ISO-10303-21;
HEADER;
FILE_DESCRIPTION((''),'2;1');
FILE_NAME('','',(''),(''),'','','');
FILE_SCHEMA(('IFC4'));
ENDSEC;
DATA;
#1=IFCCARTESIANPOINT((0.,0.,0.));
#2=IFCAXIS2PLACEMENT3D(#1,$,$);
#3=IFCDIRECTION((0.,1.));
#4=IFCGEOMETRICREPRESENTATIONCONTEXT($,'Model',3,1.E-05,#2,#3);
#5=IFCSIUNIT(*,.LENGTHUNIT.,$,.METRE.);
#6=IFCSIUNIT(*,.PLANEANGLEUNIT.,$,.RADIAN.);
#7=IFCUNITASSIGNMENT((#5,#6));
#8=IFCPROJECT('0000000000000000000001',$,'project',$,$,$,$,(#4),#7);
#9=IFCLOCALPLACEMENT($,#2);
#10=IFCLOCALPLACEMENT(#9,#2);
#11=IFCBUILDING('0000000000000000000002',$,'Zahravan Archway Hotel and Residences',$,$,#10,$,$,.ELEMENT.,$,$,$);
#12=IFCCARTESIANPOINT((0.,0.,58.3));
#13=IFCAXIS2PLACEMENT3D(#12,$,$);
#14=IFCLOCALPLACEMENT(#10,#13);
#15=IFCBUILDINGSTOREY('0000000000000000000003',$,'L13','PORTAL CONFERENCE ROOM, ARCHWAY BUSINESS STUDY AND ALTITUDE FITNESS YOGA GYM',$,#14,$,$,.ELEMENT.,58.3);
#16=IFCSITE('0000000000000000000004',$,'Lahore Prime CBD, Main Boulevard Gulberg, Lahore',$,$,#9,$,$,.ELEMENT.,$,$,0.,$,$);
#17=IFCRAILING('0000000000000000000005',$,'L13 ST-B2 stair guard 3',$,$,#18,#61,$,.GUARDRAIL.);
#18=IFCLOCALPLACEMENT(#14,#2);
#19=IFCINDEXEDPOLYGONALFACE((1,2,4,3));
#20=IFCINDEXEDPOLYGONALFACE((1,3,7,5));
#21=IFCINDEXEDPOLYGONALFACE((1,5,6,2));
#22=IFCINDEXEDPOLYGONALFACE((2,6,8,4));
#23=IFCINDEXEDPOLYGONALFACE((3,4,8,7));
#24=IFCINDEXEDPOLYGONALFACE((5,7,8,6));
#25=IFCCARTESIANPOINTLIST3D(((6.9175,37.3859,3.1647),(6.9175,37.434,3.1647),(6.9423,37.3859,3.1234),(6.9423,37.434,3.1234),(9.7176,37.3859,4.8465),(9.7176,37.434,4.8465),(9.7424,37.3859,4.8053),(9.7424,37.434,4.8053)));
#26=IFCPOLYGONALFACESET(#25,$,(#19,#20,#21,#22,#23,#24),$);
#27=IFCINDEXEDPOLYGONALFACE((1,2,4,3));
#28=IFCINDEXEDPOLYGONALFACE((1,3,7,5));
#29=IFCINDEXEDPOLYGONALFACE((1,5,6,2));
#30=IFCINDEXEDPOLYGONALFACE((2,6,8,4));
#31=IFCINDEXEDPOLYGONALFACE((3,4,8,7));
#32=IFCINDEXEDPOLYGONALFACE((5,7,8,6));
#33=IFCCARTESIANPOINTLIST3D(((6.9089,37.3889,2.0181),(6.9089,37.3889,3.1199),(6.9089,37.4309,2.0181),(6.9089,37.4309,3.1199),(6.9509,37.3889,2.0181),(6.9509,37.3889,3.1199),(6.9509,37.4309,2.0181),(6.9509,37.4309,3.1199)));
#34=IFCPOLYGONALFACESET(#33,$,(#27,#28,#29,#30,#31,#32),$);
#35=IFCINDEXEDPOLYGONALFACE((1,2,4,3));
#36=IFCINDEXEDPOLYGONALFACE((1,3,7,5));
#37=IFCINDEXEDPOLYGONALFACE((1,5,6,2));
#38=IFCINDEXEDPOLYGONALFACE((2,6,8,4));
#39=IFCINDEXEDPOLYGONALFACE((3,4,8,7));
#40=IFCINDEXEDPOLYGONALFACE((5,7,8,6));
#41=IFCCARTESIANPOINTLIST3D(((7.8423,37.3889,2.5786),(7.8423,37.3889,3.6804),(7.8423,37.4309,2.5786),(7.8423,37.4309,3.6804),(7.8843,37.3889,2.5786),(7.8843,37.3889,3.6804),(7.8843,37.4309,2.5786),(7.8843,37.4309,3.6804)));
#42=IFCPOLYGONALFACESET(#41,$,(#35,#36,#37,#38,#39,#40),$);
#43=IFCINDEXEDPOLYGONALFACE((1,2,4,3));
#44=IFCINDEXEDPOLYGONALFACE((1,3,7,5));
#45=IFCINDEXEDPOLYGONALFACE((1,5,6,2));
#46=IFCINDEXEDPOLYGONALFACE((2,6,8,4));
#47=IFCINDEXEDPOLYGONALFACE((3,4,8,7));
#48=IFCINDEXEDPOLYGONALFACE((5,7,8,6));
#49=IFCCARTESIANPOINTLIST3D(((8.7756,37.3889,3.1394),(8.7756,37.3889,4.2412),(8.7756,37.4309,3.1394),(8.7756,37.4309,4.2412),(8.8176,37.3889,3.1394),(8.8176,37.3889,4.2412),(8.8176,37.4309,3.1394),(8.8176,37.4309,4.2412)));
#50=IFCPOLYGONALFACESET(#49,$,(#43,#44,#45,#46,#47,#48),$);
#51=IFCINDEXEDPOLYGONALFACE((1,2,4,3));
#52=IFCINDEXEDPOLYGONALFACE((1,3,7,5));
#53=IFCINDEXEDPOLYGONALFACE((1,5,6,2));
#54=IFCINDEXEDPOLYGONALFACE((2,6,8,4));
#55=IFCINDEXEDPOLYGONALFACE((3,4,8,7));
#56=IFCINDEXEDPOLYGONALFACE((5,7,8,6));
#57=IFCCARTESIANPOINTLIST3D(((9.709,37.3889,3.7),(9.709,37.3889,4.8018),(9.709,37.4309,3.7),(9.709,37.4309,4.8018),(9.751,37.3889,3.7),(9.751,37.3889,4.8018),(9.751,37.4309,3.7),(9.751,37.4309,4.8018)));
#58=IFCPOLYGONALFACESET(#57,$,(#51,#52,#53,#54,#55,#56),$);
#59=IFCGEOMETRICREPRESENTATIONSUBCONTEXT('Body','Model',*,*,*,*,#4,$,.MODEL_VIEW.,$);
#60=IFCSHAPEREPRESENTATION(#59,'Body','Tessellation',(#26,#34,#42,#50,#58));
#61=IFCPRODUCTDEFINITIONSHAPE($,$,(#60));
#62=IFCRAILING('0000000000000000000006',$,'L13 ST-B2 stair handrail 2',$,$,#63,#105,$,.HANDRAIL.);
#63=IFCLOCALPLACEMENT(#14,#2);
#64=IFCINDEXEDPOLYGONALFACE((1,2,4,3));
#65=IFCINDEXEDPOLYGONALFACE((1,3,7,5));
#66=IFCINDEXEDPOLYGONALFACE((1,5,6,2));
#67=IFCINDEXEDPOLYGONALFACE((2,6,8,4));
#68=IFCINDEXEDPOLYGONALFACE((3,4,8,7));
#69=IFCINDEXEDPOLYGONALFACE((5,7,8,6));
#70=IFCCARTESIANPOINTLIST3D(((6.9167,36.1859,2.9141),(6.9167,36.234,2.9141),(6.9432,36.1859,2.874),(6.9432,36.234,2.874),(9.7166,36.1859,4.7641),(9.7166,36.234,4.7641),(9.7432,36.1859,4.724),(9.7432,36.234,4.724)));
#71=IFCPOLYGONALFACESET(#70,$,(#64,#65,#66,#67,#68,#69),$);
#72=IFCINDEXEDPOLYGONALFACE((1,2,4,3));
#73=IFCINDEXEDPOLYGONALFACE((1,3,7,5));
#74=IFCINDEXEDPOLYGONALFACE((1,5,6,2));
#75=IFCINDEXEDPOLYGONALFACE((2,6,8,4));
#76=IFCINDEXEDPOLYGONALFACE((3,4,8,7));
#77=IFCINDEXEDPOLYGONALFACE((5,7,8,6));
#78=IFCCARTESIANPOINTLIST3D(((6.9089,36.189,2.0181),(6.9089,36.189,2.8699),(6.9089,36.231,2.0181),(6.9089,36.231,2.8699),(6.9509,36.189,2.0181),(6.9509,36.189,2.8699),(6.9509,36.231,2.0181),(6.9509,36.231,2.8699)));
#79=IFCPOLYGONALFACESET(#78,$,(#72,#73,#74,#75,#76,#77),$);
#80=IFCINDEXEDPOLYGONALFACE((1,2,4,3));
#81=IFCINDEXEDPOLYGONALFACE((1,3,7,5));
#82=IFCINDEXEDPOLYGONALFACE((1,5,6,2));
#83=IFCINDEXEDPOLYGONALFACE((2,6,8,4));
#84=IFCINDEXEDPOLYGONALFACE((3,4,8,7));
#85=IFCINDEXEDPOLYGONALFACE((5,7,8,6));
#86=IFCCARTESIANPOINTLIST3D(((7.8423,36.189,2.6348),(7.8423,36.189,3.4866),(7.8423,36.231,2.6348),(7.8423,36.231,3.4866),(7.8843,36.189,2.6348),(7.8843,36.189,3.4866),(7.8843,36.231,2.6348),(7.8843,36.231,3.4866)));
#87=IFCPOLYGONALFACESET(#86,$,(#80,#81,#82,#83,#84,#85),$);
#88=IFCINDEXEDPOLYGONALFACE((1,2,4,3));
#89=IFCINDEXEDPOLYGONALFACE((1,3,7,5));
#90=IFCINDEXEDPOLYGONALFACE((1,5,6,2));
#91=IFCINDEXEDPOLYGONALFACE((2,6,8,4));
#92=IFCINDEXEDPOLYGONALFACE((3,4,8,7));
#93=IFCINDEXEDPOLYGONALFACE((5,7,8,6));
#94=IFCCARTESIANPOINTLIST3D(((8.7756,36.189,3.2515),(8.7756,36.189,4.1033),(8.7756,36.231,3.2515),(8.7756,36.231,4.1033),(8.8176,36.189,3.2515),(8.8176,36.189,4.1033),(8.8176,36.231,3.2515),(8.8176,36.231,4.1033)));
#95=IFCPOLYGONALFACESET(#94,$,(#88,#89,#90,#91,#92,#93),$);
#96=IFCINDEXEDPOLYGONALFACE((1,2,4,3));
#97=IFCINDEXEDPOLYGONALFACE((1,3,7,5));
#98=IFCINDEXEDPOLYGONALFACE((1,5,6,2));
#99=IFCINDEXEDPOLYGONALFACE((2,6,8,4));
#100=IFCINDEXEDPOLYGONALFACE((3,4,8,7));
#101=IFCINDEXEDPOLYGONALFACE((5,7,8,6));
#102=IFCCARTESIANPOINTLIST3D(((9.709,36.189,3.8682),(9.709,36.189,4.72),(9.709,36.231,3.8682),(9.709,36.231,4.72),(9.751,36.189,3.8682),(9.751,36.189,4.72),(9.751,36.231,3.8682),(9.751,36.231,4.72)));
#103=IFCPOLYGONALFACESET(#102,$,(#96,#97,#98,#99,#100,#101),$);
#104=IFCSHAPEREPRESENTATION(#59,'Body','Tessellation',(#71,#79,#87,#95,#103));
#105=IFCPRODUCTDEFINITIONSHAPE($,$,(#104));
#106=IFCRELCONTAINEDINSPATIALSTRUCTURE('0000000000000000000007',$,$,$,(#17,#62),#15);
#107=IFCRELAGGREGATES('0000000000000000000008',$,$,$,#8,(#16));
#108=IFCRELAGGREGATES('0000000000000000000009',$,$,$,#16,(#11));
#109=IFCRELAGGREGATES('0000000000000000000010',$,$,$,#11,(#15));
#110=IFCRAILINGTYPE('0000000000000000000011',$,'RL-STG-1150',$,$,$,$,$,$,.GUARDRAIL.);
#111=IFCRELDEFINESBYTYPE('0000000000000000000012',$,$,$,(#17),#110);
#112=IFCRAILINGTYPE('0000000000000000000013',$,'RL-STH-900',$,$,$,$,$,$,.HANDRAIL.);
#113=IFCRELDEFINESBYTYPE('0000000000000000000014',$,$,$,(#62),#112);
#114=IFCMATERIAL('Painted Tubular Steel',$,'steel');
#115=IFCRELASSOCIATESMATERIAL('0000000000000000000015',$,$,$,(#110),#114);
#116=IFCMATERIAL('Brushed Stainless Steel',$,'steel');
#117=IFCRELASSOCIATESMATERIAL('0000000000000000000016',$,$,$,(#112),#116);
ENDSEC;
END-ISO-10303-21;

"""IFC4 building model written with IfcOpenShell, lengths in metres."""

from ifc_helpers import new_model, si_unit, direction, frame, origin, origin_2d, place, context, subcontext, project, spatial, rectangle, extrude, material, type_object, element, save


model = new_model("IFC4")

# Units and contexts
model_context = context("Model", 3, precision=1e-05, world=origin(), true_north=direction((0.0, 1.0)))
body_context = subcontext(model_context, "Body", "Model", "MODEL_VIEW")
ifc_project = project(units=[si_unit("LENGTHUNIT", "METRE"), si_unit("PLANEANGLEUNIT", "RADIAN")], contexts=[model_context])

# Site, building, storey
site_placement = place(None, origin())
site = spatial("IfcSite", under=ifc_project, at=site_placement, Name="Lahore Prime CBD, Main Boulevard Gulberg, Lahore", CompositionType="ELEMENT", RefElevation=0.0)
building_placement = place(site_placement, origin())
building = spatial("IfcBuilding", under=site, at=building_placement, Name="Zahravan Archway Hotel and Residences", CompositionType="ELEMENT")
storey_placement = place(building_placement, frame((0.0, 0.0, 58.3)))
storey = spatial("IfcBuildingStorey", under=building, at=storey_placement, Name="L13", Description="PORTAL CONFERENCE ROOM, ARCHWAY BUSINESS STUDY AND ALTITUDE FITNESS YOGA GYM", CompositionType="ELEMENT", Elevation=58.3)

# Railings
ifc_material_1 = material(Name="Painted Tubular Steel", Category="steel")
railing_type_1 = type_object("IfcRailingType", Name="RL-STG-1150", PredefinedType="GUARDRAIL", material=ifc_material_1)
railing_1_placement = place(storey_placement, frame((6.9299, 37.4099, 2.0181)))
element("IfcRailing", 1, at=railing_1_placement, inside=storey, type_object=railing_type_1, Name="L13 ST-B2 stair guard 3", PredefinedType="GUARDRAIL", context=body_context, shape_type="SweptSolid", body=[
    extrude(rectangle(XDim=0.0481, YDim=0.0481, at=origin_2d()), frame((0.0, 0.0, 1.126), z_axis=(0.857242, 0.0, 0.514913), x_axis=(0.0, 1.0, 0.0)), (0.0, 0.0, 1.0), 3.2664),
    extrude(rectangle(XDim=0.042, YDim=0.042, at=origin_2d()), origin(), (0.0, 0.0, 1.0), 1.1018),
    extrude(rectangle(XDim=0.042, YDim=0.042, at=origin_2d()), frame((0.9333, 0.0, 0.5605)), (0.0, 0.0, 1.0), 1.1018),
    extrude(rectangle(XDim=0.042, YDim=0.042, at=origin_2d()), frame((1.8667, 0.0, 1.1213)), (0.0, 0.0, 1.0), 1.1018),
    extrude(rectangle(XDim=0.042, YDim=0.042, at=origin_2d()), frame((2.8, 0.0, 1.6819)), (0.0, 0.0, 1.0), 1.1018),
])
ifc_material_2 = material(Name="Brushed Stainless Steel", Category="steel")
railing_type_2 = type_object("IfcRailingType", Name="RL-STH-900", PredefinedType="HANDRAIL", material=ifc_material_2)
railing_2_placement = place(storey_placement, frame((6.9299, 36.21, 2.0181)))
element("IfcRailing", 2, at=railing_2_placement, inside=storey, type_object=railing_type_2, Name="L13 ST-B2 stair handrail 2", PredefinedType="HANDRAIL", context=body_context, shape_type="SweptSolid", body=[
    extrude(rectangle(XDim=0.0481, YDim=0.0481, at=origin_2d()), frame((0.0, 0.0, 0.876), z_axis=(0.834326, 0.0, 0.551271), x_axis=(0.0, 1.0, 0.0)), (0.0, 0.0, 1.0), 3.356),
    extrude(rectangle(XDim=0.042, YDim=0.042, at=origin_2d()), origin(), (0.0, 0.0, 1.0), 0.8518),
    extrude(rectangle(XDim=0.042, YDim=0.042, at=origin_2d()), frame((0.9333, 0.0, 0.6167)), (0.0, 0.0, 1.0), 0.8518),
    extrude(rectangle(XDim=0.042, YDim=0.042, at=origin_2d()), frame((1.8667, 0.0, 1.2334)), (0.0, 0.0, 1.0), 0.8518),
    extrude(rectangle(XDim=0.042, YDim=0.042, at=origin_2d()), frame((2.8, 0.0, 1.8501)), (0.0, 0.0, 1.0), 0.8518),
])

save(model, "model.ifc")
